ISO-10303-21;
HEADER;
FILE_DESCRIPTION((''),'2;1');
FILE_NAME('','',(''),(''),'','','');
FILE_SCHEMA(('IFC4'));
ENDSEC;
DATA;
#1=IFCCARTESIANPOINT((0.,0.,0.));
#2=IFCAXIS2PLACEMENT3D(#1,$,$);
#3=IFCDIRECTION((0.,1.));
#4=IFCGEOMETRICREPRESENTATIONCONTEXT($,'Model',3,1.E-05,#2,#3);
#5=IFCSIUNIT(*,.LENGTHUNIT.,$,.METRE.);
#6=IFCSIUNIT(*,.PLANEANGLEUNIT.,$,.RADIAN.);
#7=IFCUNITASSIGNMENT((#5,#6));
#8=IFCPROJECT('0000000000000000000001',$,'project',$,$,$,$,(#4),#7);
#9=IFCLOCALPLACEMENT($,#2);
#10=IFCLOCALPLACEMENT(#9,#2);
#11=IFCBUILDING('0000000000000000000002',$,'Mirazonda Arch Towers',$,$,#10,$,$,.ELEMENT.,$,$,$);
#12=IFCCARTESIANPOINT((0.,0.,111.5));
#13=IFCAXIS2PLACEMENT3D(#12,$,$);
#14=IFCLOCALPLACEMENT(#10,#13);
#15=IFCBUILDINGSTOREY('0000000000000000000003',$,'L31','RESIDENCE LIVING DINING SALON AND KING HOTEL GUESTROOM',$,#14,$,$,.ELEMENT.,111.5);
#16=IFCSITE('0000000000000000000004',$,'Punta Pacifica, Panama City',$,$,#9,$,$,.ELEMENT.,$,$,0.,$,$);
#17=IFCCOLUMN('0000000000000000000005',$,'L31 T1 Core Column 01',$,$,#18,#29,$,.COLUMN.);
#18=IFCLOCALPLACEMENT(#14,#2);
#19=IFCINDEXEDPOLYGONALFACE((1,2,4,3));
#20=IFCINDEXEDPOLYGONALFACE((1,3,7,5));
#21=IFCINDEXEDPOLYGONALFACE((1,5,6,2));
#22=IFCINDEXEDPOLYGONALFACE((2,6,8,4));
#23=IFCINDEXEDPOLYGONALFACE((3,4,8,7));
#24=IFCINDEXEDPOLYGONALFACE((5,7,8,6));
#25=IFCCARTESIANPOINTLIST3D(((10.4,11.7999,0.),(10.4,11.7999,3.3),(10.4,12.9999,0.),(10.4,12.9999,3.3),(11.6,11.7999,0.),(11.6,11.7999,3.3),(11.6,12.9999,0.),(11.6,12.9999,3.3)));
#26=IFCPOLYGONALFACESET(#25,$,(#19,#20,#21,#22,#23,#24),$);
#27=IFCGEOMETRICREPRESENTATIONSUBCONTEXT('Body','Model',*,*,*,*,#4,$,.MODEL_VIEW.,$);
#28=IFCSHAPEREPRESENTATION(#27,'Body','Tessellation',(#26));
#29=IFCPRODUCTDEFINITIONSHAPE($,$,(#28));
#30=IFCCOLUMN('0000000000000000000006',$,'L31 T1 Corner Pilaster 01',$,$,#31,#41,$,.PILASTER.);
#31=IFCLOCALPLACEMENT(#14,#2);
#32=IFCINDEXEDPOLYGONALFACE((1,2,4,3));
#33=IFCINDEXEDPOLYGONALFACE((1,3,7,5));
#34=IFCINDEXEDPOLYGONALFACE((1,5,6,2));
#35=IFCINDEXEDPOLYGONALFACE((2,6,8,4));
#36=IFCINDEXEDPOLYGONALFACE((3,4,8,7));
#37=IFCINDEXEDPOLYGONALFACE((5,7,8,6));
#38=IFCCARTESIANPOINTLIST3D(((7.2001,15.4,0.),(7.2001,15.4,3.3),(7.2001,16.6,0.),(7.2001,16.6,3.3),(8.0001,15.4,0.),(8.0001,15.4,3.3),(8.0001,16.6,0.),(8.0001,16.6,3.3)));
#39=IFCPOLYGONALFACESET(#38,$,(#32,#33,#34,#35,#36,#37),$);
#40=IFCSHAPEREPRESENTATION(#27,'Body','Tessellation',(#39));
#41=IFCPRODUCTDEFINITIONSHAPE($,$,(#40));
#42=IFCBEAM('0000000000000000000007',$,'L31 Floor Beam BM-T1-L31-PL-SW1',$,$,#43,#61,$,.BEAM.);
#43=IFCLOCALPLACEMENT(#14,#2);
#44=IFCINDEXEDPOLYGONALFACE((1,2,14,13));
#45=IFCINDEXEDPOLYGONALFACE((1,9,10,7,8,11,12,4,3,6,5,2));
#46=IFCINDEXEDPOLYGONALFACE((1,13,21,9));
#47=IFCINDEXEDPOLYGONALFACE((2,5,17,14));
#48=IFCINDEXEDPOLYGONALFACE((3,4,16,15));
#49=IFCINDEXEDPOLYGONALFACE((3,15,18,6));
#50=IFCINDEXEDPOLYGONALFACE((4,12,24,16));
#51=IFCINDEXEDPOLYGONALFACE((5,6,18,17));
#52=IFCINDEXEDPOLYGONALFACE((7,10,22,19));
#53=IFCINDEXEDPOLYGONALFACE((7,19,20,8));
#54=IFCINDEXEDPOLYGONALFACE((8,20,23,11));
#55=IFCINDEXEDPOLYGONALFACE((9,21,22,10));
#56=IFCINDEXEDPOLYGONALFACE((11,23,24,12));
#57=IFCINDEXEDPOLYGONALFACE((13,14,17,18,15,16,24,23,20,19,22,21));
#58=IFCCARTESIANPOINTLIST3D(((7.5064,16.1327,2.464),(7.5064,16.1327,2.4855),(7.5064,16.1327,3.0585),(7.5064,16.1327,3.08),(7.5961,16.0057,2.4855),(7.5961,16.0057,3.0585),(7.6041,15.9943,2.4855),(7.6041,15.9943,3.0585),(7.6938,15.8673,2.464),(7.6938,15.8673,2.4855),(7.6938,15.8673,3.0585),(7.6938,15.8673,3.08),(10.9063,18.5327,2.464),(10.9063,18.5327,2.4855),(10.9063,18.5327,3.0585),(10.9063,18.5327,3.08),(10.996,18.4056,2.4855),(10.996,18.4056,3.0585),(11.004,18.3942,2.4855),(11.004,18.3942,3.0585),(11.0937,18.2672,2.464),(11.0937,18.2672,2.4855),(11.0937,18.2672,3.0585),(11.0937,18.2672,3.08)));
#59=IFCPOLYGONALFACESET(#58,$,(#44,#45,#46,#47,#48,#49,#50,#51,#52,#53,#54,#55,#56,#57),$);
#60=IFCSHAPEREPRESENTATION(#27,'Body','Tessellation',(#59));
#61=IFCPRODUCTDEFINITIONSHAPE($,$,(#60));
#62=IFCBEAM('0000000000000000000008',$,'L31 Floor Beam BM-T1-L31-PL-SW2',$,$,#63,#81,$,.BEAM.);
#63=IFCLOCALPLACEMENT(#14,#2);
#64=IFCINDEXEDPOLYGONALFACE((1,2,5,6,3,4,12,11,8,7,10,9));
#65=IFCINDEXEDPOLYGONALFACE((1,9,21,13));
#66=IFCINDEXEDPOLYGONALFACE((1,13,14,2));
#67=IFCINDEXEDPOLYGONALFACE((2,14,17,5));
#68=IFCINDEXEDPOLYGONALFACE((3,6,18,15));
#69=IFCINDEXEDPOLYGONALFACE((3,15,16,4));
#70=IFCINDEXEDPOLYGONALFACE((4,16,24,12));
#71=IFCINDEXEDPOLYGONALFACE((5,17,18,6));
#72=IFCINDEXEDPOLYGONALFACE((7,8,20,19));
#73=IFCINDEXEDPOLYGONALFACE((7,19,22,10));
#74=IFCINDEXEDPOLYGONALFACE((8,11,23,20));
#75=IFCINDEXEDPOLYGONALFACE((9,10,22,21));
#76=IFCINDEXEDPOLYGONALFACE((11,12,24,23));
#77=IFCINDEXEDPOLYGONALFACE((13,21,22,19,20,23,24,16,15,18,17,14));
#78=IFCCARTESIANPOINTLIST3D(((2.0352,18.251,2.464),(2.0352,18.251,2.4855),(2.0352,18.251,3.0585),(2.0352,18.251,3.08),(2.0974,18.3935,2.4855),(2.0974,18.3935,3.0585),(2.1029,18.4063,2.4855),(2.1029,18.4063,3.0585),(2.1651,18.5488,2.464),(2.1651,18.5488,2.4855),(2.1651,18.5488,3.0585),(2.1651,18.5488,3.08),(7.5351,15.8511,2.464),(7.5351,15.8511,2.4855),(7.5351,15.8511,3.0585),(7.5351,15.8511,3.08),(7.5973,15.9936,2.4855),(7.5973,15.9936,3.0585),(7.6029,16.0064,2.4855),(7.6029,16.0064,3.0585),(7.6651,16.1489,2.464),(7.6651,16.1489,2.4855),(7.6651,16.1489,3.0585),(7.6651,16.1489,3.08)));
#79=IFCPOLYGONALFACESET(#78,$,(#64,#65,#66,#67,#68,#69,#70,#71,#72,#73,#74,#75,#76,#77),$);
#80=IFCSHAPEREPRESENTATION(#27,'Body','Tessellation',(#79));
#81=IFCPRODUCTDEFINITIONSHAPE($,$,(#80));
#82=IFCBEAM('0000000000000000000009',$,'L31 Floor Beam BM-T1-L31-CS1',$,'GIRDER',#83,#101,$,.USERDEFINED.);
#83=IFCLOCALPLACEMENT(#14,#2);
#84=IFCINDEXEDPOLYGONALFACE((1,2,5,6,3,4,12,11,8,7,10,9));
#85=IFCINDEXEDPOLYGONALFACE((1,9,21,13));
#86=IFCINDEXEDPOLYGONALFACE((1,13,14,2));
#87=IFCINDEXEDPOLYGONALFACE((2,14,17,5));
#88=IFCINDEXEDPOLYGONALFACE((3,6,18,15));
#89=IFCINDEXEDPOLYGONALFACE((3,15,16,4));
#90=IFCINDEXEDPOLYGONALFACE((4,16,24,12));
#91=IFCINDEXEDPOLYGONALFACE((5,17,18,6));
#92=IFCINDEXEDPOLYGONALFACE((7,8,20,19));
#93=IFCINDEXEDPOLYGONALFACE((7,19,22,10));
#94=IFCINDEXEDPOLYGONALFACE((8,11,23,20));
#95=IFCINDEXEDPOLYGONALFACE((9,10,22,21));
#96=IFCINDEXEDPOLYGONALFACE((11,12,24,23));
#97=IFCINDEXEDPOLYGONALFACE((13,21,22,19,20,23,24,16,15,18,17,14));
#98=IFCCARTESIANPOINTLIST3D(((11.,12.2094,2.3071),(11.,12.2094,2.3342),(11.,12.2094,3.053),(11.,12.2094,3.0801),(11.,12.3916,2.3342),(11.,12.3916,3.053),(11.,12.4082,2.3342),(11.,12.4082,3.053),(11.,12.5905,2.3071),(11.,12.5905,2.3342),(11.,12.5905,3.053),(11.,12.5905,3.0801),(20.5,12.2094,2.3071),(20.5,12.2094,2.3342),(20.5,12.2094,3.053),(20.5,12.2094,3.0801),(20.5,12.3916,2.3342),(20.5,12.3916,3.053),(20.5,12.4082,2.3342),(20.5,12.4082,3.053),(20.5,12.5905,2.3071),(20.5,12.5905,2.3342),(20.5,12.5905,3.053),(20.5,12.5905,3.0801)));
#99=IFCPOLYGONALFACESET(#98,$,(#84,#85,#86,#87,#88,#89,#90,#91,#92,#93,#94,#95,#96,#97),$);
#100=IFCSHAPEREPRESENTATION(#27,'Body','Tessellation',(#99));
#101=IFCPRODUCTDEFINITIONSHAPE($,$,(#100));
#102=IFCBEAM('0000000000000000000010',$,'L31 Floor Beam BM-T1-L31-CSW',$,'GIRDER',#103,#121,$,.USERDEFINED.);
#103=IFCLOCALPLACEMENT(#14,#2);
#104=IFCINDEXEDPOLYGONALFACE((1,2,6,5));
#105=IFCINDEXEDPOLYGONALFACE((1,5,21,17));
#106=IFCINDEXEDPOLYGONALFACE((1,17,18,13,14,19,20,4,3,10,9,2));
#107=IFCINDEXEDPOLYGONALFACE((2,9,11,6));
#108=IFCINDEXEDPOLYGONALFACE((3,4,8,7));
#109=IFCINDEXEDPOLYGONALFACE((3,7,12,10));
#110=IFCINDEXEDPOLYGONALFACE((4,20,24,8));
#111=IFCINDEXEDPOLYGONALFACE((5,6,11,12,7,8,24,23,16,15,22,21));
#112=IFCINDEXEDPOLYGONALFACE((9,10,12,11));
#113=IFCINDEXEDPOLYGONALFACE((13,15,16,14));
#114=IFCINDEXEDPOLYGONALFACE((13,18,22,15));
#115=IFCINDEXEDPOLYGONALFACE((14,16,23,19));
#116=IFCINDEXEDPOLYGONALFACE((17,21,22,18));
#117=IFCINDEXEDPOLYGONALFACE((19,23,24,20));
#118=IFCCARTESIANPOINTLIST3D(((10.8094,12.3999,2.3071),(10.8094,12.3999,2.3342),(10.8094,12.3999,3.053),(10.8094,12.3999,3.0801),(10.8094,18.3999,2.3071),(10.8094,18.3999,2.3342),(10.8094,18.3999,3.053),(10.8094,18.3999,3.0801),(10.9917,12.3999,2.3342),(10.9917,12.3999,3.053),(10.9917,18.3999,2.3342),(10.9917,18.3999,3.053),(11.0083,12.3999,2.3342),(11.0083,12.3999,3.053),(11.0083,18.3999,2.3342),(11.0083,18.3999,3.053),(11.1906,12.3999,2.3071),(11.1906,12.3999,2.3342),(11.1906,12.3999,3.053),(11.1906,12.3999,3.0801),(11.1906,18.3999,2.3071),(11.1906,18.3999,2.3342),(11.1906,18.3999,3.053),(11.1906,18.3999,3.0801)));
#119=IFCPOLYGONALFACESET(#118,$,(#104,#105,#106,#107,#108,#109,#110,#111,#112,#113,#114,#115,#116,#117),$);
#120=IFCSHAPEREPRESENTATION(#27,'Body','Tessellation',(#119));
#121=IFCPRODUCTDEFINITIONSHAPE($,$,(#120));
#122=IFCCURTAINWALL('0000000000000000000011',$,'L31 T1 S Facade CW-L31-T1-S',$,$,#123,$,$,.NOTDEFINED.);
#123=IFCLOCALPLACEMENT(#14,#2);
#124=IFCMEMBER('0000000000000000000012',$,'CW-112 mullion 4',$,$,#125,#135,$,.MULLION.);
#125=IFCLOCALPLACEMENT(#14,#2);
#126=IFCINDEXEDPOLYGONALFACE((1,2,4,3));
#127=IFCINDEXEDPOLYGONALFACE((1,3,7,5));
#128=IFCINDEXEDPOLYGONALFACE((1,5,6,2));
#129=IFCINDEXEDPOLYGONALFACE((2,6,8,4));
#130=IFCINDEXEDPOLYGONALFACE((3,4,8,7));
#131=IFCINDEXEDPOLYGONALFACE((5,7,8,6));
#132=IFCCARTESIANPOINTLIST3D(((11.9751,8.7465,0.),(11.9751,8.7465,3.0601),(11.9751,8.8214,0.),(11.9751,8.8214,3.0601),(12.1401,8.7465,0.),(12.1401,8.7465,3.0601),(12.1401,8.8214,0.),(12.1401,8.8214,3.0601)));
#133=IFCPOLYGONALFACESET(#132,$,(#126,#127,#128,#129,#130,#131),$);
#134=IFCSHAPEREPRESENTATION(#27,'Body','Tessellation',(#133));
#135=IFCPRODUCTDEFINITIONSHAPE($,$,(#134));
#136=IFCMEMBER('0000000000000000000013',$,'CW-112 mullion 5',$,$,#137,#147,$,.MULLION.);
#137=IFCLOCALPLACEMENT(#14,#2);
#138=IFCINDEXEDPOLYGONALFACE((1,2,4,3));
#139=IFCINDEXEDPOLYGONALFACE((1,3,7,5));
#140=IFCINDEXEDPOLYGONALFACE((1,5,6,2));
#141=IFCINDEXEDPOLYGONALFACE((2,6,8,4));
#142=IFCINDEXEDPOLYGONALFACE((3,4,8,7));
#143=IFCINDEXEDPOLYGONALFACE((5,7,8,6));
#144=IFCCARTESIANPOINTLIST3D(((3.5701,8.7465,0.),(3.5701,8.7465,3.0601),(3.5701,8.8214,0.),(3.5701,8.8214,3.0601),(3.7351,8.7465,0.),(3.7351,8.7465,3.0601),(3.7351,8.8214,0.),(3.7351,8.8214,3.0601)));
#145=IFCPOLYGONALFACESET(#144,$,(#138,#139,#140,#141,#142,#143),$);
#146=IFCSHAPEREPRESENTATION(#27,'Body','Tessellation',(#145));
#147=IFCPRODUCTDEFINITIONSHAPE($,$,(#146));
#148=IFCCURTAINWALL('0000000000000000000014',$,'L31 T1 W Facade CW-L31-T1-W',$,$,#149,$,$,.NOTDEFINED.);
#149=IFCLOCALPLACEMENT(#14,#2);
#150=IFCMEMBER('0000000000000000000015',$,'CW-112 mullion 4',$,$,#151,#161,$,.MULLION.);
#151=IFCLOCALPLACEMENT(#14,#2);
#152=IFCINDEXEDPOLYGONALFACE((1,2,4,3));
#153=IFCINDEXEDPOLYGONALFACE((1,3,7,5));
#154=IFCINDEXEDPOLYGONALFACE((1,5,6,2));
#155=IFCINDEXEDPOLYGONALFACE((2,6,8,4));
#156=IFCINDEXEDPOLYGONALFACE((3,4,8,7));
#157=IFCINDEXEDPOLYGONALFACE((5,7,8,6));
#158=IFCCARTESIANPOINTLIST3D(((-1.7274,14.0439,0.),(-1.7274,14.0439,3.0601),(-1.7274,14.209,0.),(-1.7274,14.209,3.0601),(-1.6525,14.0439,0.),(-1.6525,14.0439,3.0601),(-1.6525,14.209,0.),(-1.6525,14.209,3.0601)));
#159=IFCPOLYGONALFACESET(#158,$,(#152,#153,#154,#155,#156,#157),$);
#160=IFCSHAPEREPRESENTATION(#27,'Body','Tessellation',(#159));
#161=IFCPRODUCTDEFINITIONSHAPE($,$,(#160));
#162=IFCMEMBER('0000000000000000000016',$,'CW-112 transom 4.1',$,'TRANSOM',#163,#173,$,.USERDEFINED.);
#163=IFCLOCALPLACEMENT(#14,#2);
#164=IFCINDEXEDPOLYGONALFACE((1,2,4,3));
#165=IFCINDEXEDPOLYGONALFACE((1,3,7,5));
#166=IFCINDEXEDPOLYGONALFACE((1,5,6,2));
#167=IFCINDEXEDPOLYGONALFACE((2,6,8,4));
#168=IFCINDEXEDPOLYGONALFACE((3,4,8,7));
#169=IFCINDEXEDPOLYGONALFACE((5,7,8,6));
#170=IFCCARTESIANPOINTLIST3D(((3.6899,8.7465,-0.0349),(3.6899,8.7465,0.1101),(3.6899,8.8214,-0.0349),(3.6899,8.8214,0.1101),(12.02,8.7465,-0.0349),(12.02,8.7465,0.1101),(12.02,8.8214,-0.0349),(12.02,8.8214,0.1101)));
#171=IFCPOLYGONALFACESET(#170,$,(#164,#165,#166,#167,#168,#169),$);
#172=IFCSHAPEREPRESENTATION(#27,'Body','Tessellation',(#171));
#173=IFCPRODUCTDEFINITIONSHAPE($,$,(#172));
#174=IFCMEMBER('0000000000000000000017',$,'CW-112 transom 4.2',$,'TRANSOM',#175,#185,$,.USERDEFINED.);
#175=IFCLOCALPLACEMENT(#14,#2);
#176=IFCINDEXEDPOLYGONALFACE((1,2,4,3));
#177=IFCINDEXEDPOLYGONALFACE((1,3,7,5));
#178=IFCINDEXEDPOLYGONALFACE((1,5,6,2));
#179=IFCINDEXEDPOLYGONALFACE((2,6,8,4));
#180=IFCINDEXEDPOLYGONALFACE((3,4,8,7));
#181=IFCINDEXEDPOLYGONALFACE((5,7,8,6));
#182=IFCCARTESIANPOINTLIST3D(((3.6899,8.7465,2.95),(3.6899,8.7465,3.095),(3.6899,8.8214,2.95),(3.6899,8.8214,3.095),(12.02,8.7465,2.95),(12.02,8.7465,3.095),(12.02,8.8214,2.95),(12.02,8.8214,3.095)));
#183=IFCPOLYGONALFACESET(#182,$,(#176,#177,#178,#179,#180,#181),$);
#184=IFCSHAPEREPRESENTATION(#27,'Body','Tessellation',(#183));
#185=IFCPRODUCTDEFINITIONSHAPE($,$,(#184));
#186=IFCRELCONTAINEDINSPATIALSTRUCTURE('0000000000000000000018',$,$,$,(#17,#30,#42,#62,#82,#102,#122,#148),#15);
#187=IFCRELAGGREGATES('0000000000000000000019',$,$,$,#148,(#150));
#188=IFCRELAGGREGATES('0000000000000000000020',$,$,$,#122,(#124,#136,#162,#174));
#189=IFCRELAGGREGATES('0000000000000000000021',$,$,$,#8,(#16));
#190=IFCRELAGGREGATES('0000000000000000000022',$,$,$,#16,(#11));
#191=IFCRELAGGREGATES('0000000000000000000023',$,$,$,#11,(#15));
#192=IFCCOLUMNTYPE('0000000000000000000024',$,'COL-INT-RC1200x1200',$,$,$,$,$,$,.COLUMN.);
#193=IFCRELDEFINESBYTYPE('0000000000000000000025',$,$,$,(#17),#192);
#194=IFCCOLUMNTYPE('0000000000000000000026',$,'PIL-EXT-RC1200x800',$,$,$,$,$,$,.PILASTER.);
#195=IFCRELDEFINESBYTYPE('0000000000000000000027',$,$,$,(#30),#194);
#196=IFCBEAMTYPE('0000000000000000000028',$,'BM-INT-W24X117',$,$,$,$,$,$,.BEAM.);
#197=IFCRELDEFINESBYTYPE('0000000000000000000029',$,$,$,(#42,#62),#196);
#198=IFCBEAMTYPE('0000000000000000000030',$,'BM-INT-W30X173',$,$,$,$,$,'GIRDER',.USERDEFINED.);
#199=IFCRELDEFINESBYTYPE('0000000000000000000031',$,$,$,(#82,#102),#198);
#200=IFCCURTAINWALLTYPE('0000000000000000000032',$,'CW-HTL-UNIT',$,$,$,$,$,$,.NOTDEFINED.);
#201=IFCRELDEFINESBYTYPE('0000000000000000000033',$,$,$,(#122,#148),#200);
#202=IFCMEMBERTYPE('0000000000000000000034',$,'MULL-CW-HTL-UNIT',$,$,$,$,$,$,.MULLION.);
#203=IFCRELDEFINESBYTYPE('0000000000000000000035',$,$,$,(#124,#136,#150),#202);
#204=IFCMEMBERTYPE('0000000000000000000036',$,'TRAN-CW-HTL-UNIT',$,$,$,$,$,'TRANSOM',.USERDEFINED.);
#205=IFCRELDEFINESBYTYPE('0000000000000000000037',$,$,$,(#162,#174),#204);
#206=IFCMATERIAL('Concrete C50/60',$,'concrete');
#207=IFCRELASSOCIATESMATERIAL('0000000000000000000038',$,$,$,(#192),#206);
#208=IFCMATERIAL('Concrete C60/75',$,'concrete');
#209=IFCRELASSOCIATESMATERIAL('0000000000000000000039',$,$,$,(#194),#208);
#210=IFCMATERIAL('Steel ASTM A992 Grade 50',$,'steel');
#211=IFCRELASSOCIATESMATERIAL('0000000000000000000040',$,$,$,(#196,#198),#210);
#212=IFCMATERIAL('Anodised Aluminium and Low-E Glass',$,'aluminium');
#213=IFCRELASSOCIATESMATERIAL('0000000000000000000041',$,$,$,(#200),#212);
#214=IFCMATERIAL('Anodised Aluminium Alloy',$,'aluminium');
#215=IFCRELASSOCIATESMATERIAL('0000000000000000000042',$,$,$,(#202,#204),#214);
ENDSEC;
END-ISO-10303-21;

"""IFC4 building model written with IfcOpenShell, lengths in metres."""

from ifc_helpers import new_model, si_unit, direction, frame, origin, origin_2d, place, context, subcontext, project, spatial, rectangle, i_section, extrude, material, material_profile, profile_set, type_object, element, aggregate, save


model = new_model("IFC4")

# Units and contexts
model_context = context("Model", 3, precision=1e-05, world=origin(), true_north=direction((0.0, 1.0)))
body_context = subcontext(model_context, "Body", "Model", "MODEL_VIEW")
ifc_project = project(units=[si_unit("LENGTHUNIT", "METRE"), si_unit("PLANEANGLEUNIT", "RADIAN")], contexts=[model_context])

# Site, building, storey
site_placement = place(None, origin())
site = spatial("IfcSite", under=ifc_project, at=site_placement, Name="Punta Pacifica, Panama City", CompositionType="ELEMENT", RefElevation=0.0)
building_placement = place(site_placement, origin())
building = spatial("IfcBuilding", under=site, at=building_placement, Name="Mirazonda Arch Towers", CompositionType="ELEMENT")
storey_placement = place(building_placement, frame((0.0, 0.0, 111.5)))
storey = spatial("IfcBuildingStorey", under=building, at=storey_placement, Name="L31", Description="RESIDENCE LIVING DINING SALON AND KING HOTEL GUESTROOM", CompositionType="ELEMENT", Elevation=111.5)

# Columns
ifc_material_1 = material(Name="Concrete C50/60", Category="concrete")
ifc_material_profile_1 = material_profile(ifc_material_1, rectangle(XDim=1.2, YDim=1.2, at=origin_2d()), Name="RC1200x1200")
ifc_profile_set_1 = profile_set([ifc_material_profile_1], Name="Concrete C50/60")
column_type_1 = type_object("IfcColumnType", Name="COL-INT-RC1200x1200", PredefinedType="COLUMN", material=ifc_profile_set_1)
column_1_placement = place(storey_placement, frame((11.0, 12.3999, 0.0), z_axis=(0.0, 0.0, 1.0), x_axis=(1.0, 0.0, 0.0)))
element("IfcColumn", 1, at=column_1_placement, inside=storey, type_object=column_type_1, Name="L31 T1 Core Column 01", PredefinedType="COLUMN", context=body_context, shape_type="SweptSolid", body=[
    extrude(rectangle(XDim=1.2, YDim=1.2, at=origin_2d()), origin(), (0.0, 0.0, 1.0), 3.3),
])
ifc_material_2 = material(Name="Concrete C60/75", Category="concrete")
ifc_material_profile_2 = material_profile(ifc_material_2, rectangle(XDim=0.8, YDim=1.2, at=origin_2d()), Name="RC1200x800")
ifc_profile_set_2 = profile_set([ifc_material_profile_2], Name="Concrete C60/75")
column_type_2 = type_object("IfcColumnType", Name="PIL-EXT-RC1200x800", PredefinedType="PILASTER", material=ifc_profile_set_2)
column_2_placement = place(storey_placement, frame((7.6001, 16.0, 0.0), z_axis=(0.0, 0.0, 1.0), x_axis=(1.0, 0.0, 0.0)))
element("IfcColumn", 2, at=column_2_placement, inside=storey, type_object=column_type_2, Name="L31 T1 Corner Pilaster 01", PredefinedType="PILASTER", context=body_context, shape_type="SweptSolid", body=[
    extrude(rectangle(XDim=0.8, YDim=1.2, at=origin_2d()), origin(), (0.0, 0.0, 1.0), 3.3),
])

# Beams
ifc_material_3 = material(Name="Steel ASTM A992 Grade 50", Category="steel")
ifc_material_profile_3 = material_profile(ifc_material_3, i_section(OverallWidth=0.325, OverallDepth=0.616, WebThickness=0.0139, FlangeThickness=0.0215, at=origin_2d()), Name="W24X117")
ifc_profile_set_3 = profile_set([ifc_material_profile_3], Name="Steel ASTM A992 Grade 50")
beam_type_1 = type_object("IfcBeamType", Name="BM-INT-W24X117", PredefinedType="BEAM", material=ifc_profile_set_3)
beam_1_placement = place(storey_placement, frame((7.6001, 16.0, 2.772), z_axis=(0.816971, 0.576679, 0.0), x_axis=(-0.576679, 0.816971, 0.0)))
element("IfcBeam", 3, at=beam_1_placement, inside=storey, type_object=beam_type_1, Name="L31 Floor Beam BM-T1-L31-PL-SW1", PredefinedType="BEAM", context=body_context, shape_type="SweptSolid", body=[
    extrude(i_section(OverallWidth=0.325, OverallDepth=0.616, WebThickness=0.0139, FlangeThickness=0.0215, at=origin_2d()), origin(), (0.0, 0.0, 1.0), 4.1616),
])
beam_2_placement = place(storey_placement, frame((7.6001, 16.0, 2.772), z_axis=(-0.916545, 0.399931, 0.0), x_axis=(-0.399931, -0.916545, 0.0)))
element("IfcBeam", 4, at=beam_2_placement, inside=storey, type_object=beam_type_1, Name="L31 Floor Beam BM-T1-L31-PL-SW2", PredefinedType="BEAM", context=body_context, shape_type="SweptSolid", body=[
    extrude(i_section(OverallWidth=0.325, OverallDepth=0.616, WebThickness=0.0139, FlangeThickness=0.0215, at=origin_2d()), origin(), (0.0, 0.0, 1.0), 6.0007),
])
ifc_material_profile_4 = material_profile(ifc_material_3, i_section(OverallWidth=0.3811, OverallDepth=0.7729, WebThickness=0.0166, FlangeThickness=0.0271, at=origin_2d()), Name="W30X173")
ifc_profile_set_4 = profile_set([ifc_material_profile_4], Name="Steel ASTM A992 Grade 50")
beam_type_2 = type_object("IfcBeamType", Name="BM-INT-W30X173", ElementType="GIRDER", PredefinedType="USERDEFINED", material=ifc_profile_set_4)
beam_3_placement = place(storey_placement, frame((11.0, 12.3999, 2.6936), z_axis=(1.0, 0.0, 0.0), x_axis=(0.0, 1.0, 0.0)))
element("IfcBeam", 5, at=beam_3_placement, inside=storey, type_object=beam_type_2, Name="L31 Floor Beam BM-T1-L31-CS1", ObjectType="GIRDER", PredefinedType="USERDEFINED", context=body_context, shape_type="SweptSolid", body=[
    extrude(i_section(OverallWidth=0.3811, OverallDepth=0.7729, WebThickness=0.0166, FlangeThickness=0.0271, at=origin_2d()), origin(), (0.0, 0.0, 1.0), 9.5),
])
beam_4_placement = place(storey_placement, frame((11.0, 12.3999, 2.6936), z_axis=(0.0, 1.0, 0.0), x_axis=(-1.0, 0.0, 0.0)))
element("IfcBeam", 6, at=beam_4_placement, inside=storey, type_object=beam_type_2, Name="L31 Floor Beam BM-T1-L31-CSW", ObjectType="GIRDER", PredefinedType="USERDEFINED", context=body_context, shape_type="SweptSolid", body=[
    extrude(i_section(OverallWidth=0.3811, OverallDepth=0.7729, WebThickness=0.0166, FlangeThickness=0.0271, at=origin_2d()), origin(), (0.0, 0.0, 1.0), 6.0),
])

# Curtain wall, members
ifc_material_4 = material(Name="Anodised Aluminium and Low-E Glass", Category="aluminium")
curtain_wall_type = type_object("IfcCurtainWallType", Name="CW-HTL-UNIT", PredefinedType="NOTDEFINED", material=ifc_material_4)
curtain_wall_1_placement = place(storey_placement, origin())
curtain_wall_1 = element("IfcCurtainWall", 7, at=curtain_wall_1_placement, inside=storey, type_object=curtain_wall_type, Name="L31 T1 S Facade CW-L31-T1-S", PredefinedType="NOTDEFINED")
ifc_material_5 = material(Name="Anodised Aluminium Alloy", Category="aluminium")
ifc_material_profile_5 = material_profile(ifc_material_5, rectangle(XDim=0.075, YDim=0.165, at=origin_2d()), Name="ALU-MULL-75x165")
ifc_profile_set_5 = profile_set([ifc_material_profile_5], Name="Anodised Aluminium Alloy")
member_type_1 = type_object("IfcMemberType", Name="MULL-CW-HTL-UNIT", PredefinedType="MULLION", material=ifc_profile_set_5)
member_1_placement = place(storey_placement, frame((12.0576, 8.7839, 0.0), z_axis=(0.0, 0.0, 1.0), x_axis=(0.0, -1.0, 0.0)))
member_1 = element("IfcMember", 8, at=member_1_placement, type_object=member_type_1, Name="CW-112 mullion 4", PredefinedType="MULLION", context=body_context, shape_type="SweptSolid", body=[
    extrude(rectangle(XDim=0.075, YDim=0.165, at=origin_2d()), origin(), (0.0, 0.0, 1.0), 3.0601),
])
member_2_placement = place(storey_placement, frame((3.6526, 8.7839, 0.0), z_axis=(0.0, 0.0, 1.0), x_axis=(0.0, -1.0, 0.0)))
member_2 = element("IfcMember", 9, at=member_2_placement, type_object=member_type_1, Name="CW-112 mullion 5", PredefinedType="MULLION", context=body_context, shape_type="SweptSolid", body=[
    extrude(rectangle(XDim=0.075, YDim=0.165, at=origin_2d()), origin(), (0.0, 0.0, 1.0), 3.0601),
])

# Curtain wall, member
curtain_wall_2_placement = place(storey_placement, origin())
curtain_wall_2 = element("IfcCurtainWall", 10, at=curtain_wall_2_placement, inside=storey, type_object=curtain_wall_type, Name="L31 T1 W Facade CW-L31-T1-W", PredefinedType="NOTDEFINED")
member_3_placement = place(storey_placement, frame((-1.6899, 14.1265, 0.0), z_axis=(0.0, 0.0, 1.0), x_axis=(1.0, 0.0, 0.0)))
member_3 = element("IfcMember", 11, at=member_3_placement, type_object=member_type_1, Name="CW-112 mullion 4", PredefinedType="MULLION", context=body_context, shape_type="SweptSolid", body=[
    extrude(rectangle(XDim=0.075, YDim=0.165, at=origin_2d()), origin(), (0.0, 0.0, 1.0), 3.0601),
])
aggregate(curtain_wall_2, [member_3])

# Members
ifc_material_profile_6 = material_profile(ifc_material_5, rectangle(XDim=0.075, YDim=0.145, at=origin_2d()), Name="ALU-TRAN-75x145")
ifc_profile_set_6 = profile_set([ifc_material_profile_6], Name="Anodised Aluminium Alloy")
member_type_2 = type_object("IfcMemberType", Name="TRAN-CW-HTL-UNIT", ElementType="TRANSOM", PredefinedType="USERDEFINED", material=ifc_profile_set_6)
member_4_placement = place(storey_placement, frame((12.02, 8.7839, 0.0376), z_axis=(-1.0, 0.0, 0.0), x_axis=(0.0, -1.0, 0.0)))
member_4 = element("IfcMember", 12, at=member_4_placement, type_object=member_type_2, Name="CW-112 transom 4.1", ObjectType="TRANSOM", PredefinedType="USERDEFINED", context=body_context, shape_type="SweptSolid", body=[
    extrude(rectangle(XDim=0.075, YDim=0.145, at=origin_2d()), origin(), (0.0, 0.0, 1.0), 8.3301),
])
member_5_placement = place(storey_placement, frame((12.02, 8.7839, 3.0225), z_axis=(-1.0, 0.0, 0.0), x_axis=(0.0, -1.0, 0.0)))
member_5 = element("IfcMember", 13, at=member_5_placement, type_object=member_type_2, Name="CW-112 transom 4.2", ObjectType="TRANSOM", PredefinedType="USERDEFINED", context=body_context, shape_type="SweptSolid", body=[
    extrude(rectangle(XDim=0.075, YDim=0.145, at=origin_2d()), origin(), (0.0, 0.0, 1.0), 8.3301),
])

aggregate(curtain_wall_1, [member_1, member_2, member_4, member_5])

save(model, "model.ifc")
